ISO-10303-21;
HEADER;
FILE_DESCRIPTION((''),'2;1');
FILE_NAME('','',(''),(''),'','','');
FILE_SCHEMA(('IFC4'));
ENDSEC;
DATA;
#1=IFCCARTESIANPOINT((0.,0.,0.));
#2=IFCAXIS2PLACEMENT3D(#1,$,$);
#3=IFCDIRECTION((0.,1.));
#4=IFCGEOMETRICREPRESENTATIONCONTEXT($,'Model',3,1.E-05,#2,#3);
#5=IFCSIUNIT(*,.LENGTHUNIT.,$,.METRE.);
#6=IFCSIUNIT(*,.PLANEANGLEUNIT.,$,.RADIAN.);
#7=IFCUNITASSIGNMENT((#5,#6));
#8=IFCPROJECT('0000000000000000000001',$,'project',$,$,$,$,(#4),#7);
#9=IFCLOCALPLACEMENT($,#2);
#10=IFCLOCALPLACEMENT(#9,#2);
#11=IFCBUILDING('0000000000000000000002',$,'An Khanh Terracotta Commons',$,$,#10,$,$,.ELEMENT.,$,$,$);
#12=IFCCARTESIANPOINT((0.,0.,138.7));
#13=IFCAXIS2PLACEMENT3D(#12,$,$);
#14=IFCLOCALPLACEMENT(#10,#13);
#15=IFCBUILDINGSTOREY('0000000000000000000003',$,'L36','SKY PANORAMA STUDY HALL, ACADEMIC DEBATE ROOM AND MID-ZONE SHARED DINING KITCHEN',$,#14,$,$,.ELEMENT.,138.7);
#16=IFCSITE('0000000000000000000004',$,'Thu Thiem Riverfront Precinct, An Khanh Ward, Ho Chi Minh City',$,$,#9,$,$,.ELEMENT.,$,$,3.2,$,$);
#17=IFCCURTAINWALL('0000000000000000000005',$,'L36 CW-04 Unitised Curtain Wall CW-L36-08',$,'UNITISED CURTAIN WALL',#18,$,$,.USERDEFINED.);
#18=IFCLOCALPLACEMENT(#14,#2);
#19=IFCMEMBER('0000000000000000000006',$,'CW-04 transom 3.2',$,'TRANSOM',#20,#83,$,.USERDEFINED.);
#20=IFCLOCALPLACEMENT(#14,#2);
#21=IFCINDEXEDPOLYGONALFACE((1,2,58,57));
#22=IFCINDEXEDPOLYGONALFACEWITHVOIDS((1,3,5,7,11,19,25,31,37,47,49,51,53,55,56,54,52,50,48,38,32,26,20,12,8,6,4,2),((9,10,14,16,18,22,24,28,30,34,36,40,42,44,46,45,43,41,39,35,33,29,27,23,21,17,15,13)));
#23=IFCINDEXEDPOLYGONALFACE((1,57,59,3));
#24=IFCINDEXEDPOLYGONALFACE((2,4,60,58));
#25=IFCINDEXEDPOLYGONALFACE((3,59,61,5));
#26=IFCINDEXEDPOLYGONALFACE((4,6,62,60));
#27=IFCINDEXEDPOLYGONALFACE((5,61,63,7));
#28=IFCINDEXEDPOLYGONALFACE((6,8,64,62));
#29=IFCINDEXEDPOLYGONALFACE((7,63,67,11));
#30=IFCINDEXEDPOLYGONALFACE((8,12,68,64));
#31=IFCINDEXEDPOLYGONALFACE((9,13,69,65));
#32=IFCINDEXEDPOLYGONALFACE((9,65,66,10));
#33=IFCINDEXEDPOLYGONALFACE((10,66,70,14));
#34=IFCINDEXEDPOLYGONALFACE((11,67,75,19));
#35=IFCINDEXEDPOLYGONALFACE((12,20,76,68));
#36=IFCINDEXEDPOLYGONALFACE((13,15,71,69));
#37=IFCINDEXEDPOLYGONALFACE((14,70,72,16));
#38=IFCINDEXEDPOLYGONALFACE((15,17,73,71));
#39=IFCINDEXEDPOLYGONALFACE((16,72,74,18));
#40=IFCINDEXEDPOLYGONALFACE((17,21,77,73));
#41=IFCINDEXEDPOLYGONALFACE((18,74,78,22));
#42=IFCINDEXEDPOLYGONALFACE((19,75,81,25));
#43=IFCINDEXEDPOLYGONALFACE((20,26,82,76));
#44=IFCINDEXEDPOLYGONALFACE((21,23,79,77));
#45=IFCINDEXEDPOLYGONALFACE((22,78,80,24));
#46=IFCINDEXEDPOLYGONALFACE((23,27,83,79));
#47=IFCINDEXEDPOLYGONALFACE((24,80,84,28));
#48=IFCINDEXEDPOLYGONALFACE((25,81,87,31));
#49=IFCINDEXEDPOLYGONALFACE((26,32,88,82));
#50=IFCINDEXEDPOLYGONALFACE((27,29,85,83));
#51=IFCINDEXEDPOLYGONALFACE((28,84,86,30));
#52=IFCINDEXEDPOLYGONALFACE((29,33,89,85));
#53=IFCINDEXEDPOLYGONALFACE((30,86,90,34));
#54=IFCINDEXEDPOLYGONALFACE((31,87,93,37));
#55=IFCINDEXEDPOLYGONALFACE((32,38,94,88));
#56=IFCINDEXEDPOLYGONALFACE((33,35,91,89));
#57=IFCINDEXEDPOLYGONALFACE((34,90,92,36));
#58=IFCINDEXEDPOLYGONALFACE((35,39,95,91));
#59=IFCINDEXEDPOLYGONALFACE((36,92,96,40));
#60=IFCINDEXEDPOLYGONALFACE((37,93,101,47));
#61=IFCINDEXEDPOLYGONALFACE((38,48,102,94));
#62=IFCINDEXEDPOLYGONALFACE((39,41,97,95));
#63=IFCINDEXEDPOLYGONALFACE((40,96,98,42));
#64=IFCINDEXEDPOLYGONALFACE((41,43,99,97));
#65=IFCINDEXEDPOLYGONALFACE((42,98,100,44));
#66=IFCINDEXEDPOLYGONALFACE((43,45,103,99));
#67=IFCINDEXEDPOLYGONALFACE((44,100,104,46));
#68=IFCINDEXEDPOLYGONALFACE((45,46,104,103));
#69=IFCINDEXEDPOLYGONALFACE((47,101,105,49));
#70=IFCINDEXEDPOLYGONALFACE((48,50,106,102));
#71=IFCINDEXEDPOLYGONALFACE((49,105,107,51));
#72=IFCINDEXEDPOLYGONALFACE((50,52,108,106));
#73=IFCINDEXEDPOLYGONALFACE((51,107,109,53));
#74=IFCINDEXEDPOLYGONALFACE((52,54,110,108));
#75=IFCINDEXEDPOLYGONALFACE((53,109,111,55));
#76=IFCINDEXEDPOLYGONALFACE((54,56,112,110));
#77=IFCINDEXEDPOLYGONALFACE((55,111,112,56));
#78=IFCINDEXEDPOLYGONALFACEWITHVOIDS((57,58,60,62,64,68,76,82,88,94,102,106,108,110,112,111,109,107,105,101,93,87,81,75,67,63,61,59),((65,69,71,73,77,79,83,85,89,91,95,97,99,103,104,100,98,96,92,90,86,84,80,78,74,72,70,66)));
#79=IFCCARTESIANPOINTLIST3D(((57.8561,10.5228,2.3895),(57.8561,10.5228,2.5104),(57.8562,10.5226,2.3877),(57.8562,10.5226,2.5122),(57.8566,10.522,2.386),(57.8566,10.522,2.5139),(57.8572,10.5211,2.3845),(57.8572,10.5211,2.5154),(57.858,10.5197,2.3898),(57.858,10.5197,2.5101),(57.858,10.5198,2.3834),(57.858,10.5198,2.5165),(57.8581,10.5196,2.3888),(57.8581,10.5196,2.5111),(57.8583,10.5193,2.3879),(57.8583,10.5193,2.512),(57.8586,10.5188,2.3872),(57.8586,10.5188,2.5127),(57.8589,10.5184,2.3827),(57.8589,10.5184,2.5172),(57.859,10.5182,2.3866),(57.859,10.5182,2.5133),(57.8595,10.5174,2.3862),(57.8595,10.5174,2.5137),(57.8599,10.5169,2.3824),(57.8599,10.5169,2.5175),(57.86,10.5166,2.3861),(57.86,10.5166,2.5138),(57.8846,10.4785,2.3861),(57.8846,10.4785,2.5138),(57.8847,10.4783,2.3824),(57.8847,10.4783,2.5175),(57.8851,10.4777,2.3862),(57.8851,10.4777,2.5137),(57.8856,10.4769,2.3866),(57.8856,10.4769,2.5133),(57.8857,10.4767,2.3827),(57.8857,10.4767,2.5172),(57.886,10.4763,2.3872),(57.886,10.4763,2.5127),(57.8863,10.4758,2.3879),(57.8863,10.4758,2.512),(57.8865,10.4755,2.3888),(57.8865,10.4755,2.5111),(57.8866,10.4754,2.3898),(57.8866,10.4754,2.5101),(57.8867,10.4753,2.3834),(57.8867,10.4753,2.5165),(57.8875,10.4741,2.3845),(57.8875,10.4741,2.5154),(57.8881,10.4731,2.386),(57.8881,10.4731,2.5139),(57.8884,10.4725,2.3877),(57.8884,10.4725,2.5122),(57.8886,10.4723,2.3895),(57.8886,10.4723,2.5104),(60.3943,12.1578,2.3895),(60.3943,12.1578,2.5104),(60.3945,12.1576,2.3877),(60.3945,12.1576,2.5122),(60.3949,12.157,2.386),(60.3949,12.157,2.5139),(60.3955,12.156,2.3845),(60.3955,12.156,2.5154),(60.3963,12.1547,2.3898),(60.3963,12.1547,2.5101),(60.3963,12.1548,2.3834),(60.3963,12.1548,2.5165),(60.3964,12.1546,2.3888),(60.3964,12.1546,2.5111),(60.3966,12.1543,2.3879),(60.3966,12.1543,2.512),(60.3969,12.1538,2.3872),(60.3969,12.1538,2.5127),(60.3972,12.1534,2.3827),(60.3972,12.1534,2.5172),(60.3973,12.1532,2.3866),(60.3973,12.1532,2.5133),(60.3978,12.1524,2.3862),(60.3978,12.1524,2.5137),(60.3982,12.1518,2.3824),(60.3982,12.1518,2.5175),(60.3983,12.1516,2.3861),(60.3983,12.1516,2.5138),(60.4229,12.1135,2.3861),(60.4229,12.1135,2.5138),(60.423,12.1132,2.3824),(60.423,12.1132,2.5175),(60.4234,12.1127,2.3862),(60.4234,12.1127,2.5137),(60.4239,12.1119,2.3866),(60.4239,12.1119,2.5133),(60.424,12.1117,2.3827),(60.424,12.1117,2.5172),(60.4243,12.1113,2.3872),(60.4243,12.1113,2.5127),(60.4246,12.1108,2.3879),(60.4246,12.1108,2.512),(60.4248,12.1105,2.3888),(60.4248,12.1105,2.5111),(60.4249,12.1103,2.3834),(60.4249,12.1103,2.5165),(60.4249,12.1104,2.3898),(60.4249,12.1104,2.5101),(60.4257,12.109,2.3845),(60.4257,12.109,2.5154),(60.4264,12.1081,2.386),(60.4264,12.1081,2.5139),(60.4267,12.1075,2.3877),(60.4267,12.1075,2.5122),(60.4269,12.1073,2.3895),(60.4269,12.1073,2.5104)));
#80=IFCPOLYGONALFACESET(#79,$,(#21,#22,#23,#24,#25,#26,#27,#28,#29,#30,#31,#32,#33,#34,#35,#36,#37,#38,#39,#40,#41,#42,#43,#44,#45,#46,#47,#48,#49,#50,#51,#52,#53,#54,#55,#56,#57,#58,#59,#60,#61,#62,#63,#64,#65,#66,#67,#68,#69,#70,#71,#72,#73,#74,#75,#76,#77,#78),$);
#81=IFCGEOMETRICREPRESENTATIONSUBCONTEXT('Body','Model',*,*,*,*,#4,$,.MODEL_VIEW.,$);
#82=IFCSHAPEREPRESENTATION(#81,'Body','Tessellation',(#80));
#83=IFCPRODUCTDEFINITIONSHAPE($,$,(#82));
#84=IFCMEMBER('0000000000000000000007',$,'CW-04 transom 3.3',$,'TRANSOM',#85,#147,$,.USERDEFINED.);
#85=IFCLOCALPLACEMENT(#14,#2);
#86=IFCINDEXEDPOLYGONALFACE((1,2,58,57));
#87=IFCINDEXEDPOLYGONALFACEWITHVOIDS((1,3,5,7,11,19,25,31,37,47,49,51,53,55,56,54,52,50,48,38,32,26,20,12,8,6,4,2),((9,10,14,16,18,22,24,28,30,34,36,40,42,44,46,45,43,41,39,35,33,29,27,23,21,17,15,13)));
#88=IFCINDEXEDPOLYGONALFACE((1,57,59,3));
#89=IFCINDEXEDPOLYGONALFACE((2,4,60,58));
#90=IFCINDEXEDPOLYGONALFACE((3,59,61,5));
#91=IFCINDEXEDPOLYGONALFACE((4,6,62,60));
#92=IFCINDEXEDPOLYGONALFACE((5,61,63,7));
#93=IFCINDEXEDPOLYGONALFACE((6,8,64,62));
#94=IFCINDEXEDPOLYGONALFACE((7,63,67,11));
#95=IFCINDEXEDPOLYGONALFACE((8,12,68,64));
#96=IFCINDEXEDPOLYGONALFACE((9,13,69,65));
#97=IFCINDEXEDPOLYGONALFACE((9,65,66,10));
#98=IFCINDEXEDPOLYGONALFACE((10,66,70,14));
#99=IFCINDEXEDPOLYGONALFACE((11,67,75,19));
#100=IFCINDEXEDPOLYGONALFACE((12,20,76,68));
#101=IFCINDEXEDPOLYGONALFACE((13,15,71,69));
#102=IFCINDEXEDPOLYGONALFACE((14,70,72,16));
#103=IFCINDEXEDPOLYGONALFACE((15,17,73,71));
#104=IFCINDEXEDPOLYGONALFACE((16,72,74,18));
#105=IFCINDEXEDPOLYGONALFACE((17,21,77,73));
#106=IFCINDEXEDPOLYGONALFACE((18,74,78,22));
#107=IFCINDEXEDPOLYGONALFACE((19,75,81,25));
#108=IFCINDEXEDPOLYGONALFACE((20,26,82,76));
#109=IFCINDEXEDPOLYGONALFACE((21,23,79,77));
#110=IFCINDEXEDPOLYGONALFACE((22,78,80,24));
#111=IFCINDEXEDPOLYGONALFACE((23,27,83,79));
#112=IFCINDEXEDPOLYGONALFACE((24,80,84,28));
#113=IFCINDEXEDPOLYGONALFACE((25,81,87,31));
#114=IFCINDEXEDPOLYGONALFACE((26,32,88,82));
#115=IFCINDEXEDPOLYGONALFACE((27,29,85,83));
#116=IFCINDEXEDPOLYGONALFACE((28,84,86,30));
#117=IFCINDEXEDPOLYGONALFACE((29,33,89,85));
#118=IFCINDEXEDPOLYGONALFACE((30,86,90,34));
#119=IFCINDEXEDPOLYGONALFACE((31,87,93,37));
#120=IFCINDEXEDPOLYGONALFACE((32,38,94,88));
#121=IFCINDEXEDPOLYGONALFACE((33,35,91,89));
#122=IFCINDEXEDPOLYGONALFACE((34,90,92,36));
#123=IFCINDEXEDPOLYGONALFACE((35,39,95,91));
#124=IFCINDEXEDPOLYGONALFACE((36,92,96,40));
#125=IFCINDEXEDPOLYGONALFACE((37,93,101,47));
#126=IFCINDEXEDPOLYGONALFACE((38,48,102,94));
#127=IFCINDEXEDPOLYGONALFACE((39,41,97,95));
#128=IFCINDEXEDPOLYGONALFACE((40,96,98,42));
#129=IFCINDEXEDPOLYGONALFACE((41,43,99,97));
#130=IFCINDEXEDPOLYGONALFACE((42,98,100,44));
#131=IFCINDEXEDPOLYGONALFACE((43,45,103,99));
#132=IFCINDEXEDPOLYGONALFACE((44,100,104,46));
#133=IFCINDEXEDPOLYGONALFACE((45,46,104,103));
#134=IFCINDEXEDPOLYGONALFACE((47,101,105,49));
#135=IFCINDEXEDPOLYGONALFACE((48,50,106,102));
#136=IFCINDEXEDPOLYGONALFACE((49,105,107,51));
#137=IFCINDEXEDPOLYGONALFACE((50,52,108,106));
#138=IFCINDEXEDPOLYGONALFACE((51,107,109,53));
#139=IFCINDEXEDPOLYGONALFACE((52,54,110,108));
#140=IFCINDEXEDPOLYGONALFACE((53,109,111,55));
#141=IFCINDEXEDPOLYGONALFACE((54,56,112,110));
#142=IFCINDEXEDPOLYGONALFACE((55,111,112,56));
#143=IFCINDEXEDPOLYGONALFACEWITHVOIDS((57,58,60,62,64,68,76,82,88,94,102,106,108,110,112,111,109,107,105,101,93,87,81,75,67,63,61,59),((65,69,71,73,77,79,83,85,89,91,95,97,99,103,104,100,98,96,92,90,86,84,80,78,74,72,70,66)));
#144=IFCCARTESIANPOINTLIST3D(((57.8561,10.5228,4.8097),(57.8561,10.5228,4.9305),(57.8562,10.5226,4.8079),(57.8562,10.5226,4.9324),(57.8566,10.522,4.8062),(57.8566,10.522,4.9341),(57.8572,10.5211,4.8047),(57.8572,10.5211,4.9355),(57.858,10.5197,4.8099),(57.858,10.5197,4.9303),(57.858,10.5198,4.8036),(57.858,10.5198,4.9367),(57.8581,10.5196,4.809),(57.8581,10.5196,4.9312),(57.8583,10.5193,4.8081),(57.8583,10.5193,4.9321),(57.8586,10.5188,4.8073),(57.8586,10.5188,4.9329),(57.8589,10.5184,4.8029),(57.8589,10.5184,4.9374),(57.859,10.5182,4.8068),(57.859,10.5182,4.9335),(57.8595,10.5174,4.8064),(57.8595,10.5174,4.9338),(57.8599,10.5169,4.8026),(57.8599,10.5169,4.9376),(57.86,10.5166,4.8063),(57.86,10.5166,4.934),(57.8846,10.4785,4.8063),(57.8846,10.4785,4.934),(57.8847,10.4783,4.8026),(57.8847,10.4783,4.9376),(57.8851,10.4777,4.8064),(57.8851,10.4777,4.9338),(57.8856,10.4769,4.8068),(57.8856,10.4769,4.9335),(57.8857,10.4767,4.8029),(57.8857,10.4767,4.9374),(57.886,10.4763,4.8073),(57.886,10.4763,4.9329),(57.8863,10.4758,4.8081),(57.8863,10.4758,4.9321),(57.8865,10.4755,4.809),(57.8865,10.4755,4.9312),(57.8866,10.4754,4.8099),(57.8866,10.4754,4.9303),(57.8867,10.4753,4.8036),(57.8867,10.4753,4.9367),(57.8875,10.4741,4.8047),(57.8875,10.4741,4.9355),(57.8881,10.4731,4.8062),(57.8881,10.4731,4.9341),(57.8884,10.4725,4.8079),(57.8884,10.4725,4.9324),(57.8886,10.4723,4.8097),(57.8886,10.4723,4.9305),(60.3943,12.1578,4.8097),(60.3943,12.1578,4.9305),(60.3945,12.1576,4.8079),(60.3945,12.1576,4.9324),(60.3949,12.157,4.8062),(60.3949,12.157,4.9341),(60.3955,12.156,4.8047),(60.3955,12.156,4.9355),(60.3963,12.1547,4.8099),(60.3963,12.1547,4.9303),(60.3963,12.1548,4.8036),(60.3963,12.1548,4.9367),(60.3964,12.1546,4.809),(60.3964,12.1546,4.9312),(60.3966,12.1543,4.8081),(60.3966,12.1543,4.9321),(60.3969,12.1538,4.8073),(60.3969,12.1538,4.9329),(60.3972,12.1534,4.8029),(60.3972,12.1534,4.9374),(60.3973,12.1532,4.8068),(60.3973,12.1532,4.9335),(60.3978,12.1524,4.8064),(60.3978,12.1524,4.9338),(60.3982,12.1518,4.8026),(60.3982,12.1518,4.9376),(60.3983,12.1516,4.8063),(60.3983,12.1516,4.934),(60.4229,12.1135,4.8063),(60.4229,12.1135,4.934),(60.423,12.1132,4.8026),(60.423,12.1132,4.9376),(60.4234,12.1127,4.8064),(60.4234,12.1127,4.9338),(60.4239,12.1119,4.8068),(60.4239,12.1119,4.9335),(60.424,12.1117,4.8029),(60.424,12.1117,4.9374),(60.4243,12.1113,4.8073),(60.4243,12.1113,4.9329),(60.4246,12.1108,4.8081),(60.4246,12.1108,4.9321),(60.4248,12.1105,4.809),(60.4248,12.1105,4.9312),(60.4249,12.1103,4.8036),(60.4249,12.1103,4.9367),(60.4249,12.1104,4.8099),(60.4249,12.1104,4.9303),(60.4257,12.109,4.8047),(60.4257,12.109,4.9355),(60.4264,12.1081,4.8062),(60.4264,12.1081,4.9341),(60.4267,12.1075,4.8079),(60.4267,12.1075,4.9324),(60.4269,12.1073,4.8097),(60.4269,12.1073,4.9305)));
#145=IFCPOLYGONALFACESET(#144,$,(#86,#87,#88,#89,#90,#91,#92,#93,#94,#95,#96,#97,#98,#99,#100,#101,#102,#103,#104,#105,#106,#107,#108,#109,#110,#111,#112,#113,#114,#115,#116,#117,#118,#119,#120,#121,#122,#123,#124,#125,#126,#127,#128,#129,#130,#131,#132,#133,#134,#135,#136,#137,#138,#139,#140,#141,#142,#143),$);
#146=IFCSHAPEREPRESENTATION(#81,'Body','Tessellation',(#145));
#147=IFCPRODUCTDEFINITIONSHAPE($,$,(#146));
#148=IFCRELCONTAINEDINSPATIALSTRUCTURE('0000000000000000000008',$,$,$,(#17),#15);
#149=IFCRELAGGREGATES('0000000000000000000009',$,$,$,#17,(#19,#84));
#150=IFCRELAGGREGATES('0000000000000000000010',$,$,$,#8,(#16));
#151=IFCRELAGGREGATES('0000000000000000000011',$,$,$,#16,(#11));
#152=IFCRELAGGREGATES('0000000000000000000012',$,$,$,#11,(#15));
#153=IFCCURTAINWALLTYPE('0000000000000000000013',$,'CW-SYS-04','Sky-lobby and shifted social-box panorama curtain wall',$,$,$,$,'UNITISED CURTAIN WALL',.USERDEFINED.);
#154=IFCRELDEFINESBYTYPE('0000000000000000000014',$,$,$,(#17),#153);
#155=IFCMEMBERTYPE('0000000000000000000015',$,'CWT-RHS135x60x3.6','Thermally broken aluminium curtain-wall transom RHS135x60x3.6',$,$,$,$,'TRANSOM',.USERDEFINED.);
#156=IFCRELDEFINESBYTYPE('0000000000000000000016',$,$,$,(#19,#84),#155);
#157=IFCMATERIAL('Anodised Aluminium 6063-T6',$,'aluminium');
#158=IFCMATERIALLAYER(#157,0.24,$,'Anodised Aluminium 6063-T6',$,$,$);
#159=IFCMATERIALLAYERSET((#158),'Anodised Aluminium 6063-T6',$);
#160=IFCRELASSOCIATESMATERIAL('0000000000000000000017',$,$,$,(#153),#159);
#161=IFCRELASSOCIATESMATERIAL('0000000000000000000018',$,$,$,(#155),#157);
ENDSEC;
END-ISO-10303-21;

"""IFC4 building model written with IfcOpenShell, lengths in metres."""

from ifc_helpers import new_model, si_unit, direction, frame, origin, origin_2d, place, context, subcontext, project, spatial, hollow_rectangle, extrude, material, layer, layer_set, material_profile, profile_set, type_object, element, aggregate, save


model = new_model("IFC4")

# Units and contexts
model_context = context("Model", 3, precision=1e-05, world=origin(), true_north=direction((0.0, 1.0)))
body_context = subcontext(model_context, "Body", "Model", "MODEL_VIEW")
ifc_project = project(units=[si_unit("LENGTHUNIT", "METRE"), si_unit("PLANEANGLEUNIT", "RADIAN")], contexts=[model_context])

# Site, building, storey
site_placement = place(None, origin())
site = spatial("IfcSite", under=ifc_project, at=site_placement, Name="Thu Thiem Riverfront Precinct, An Khanh Ward, Ho Chi Minh City", CompositionType="ELEMENT", RefElevation=3.2)
building_placement = place(site_placement, origin())
building = spatial("IfcBuilding", under=site, at=building_placement, Name="An Khanh Terracotta Commons", CompositionType="ELEMENT")
storey_placement = place(building_placement, frame((0.0, 0.0, 138.7)))
storey = spatial("IfcBuildingStorey", under=building, at=storey_placement, Name="L36", Description="SKY PANORAMA STUDY HALL, ACADEMIC DEBATE ROOM AND MID-ZONE SHARED DINING KITCHEN", CompositionType="ELEMENT", Elevation=138.7)

# Curtain wall
ifc_material_1 = material(Name="Anodised Aluminium 6063-T6", Category="aluminium")
ifc_layer_1 = layer(ifc_material_1, 0.24, Name="Anodised Aluminium 6063-T6")
ifc_layer_set_1 = layer_set([ifc_layer_1], Name="Anodised Aluminium 6063-T6")
curtain_wall_type = type_object("IfcCurtainWallType", Name="CW-SYS-04", Description="Sky-lobby and shifted social-box panorama curtain wall", ElementType="UNITISED CURTAIN WALL", PredefinedType="USERDEFINED", material=ifc_layer_set_1)
curtain_wall_1_placement = place(storey_placement, origin())
curtain_wall_1 = element("IfcCurtainWall", 1, at=curtain_wall_1_placement, inside=storey, type_object=curtain_wall_type, Name="L36 CW-04 Unitised Curtain Wall CW-L36-08", ObjectType="UNITISED CURTAIN WALL", PredefinedType="USERDEFINED")

# Members
ifc_material_profile_1 = material_profile(ifc_material_1, hollow_rectangle(XDim=0.0601, YDim=0.135, WallThickness=0.0037, InnerFilletRadius=0.0037, OuterFilletRadius=0.0071, at=origin_2d()), Name="RHS135x60x3.6")
ifc_profile_set_1 = profile_set([ifc_material_profile_1], Name="Anodised Aluminium 6063-T6")
member_type_1 = type_object("IfcMemberType", Name="CWT-RHS135x60x3.6", Description="Thermally broken aluminium curtain-wall transom RHS135x60x3.6", ElementType="TRANSOM", PredefinedType="USERDEFINED", material=ifc_profile_set_1)
member_1_placement = place(storey_placement, frame((57.8723, 10.4976, 2.45), z_axis=(0.840692, 0.541513, 0.0), x_axis=(-0.541513, 0.840692, 0.0)))
member_1 = element("IfcMember", 2, at=member_1_placement, type_object=member_type_1, Name="CW-04 transom 3.2", ObjectType="TRANSOM", PredefinedType="USERDEFINED", context=body_context, shape_type="SweptSolid", body=[
    extrude(hollow_rectangle(XDim=0.0601, YDim=0.135, WallThickness=0.0037, InnerFilletRadius=0.0037, OuterFilletRadius=0.0071, at=origin_2d()), origin(), (0.0, 0.0, 1.0), 3.0193),
])
member_2_placement = place(storey_placement, frame((57.8723, 10.4976, 4.8701), z_axis=(0.840692, 0.541513, 0.0), x_axis=(-0.541513, 0.840692, 0.0)))
member_2 = element("IfcMember", 3, at=member_2_placement, type_object=member_type_1, Name="CW-04 transom 3.3", ObjectType="TRANSOM", PredefinedType="USERDEFINED", context=body_context, shape_type="SweptSolid", body=[
    extrude(hollow_rectangle(XDim=0.0601, YDim=0.135, WallThickness=0.0037, InnerFilletRadius=0.0037, OuterFilletRadius=0.0071, at=origin_2d()), origin(), (0.0, 0.0, 1.0), 3.0193),
])

aggregate(curtain_wall_1, [member_1, member_2])

save(model, "model.ifc")
